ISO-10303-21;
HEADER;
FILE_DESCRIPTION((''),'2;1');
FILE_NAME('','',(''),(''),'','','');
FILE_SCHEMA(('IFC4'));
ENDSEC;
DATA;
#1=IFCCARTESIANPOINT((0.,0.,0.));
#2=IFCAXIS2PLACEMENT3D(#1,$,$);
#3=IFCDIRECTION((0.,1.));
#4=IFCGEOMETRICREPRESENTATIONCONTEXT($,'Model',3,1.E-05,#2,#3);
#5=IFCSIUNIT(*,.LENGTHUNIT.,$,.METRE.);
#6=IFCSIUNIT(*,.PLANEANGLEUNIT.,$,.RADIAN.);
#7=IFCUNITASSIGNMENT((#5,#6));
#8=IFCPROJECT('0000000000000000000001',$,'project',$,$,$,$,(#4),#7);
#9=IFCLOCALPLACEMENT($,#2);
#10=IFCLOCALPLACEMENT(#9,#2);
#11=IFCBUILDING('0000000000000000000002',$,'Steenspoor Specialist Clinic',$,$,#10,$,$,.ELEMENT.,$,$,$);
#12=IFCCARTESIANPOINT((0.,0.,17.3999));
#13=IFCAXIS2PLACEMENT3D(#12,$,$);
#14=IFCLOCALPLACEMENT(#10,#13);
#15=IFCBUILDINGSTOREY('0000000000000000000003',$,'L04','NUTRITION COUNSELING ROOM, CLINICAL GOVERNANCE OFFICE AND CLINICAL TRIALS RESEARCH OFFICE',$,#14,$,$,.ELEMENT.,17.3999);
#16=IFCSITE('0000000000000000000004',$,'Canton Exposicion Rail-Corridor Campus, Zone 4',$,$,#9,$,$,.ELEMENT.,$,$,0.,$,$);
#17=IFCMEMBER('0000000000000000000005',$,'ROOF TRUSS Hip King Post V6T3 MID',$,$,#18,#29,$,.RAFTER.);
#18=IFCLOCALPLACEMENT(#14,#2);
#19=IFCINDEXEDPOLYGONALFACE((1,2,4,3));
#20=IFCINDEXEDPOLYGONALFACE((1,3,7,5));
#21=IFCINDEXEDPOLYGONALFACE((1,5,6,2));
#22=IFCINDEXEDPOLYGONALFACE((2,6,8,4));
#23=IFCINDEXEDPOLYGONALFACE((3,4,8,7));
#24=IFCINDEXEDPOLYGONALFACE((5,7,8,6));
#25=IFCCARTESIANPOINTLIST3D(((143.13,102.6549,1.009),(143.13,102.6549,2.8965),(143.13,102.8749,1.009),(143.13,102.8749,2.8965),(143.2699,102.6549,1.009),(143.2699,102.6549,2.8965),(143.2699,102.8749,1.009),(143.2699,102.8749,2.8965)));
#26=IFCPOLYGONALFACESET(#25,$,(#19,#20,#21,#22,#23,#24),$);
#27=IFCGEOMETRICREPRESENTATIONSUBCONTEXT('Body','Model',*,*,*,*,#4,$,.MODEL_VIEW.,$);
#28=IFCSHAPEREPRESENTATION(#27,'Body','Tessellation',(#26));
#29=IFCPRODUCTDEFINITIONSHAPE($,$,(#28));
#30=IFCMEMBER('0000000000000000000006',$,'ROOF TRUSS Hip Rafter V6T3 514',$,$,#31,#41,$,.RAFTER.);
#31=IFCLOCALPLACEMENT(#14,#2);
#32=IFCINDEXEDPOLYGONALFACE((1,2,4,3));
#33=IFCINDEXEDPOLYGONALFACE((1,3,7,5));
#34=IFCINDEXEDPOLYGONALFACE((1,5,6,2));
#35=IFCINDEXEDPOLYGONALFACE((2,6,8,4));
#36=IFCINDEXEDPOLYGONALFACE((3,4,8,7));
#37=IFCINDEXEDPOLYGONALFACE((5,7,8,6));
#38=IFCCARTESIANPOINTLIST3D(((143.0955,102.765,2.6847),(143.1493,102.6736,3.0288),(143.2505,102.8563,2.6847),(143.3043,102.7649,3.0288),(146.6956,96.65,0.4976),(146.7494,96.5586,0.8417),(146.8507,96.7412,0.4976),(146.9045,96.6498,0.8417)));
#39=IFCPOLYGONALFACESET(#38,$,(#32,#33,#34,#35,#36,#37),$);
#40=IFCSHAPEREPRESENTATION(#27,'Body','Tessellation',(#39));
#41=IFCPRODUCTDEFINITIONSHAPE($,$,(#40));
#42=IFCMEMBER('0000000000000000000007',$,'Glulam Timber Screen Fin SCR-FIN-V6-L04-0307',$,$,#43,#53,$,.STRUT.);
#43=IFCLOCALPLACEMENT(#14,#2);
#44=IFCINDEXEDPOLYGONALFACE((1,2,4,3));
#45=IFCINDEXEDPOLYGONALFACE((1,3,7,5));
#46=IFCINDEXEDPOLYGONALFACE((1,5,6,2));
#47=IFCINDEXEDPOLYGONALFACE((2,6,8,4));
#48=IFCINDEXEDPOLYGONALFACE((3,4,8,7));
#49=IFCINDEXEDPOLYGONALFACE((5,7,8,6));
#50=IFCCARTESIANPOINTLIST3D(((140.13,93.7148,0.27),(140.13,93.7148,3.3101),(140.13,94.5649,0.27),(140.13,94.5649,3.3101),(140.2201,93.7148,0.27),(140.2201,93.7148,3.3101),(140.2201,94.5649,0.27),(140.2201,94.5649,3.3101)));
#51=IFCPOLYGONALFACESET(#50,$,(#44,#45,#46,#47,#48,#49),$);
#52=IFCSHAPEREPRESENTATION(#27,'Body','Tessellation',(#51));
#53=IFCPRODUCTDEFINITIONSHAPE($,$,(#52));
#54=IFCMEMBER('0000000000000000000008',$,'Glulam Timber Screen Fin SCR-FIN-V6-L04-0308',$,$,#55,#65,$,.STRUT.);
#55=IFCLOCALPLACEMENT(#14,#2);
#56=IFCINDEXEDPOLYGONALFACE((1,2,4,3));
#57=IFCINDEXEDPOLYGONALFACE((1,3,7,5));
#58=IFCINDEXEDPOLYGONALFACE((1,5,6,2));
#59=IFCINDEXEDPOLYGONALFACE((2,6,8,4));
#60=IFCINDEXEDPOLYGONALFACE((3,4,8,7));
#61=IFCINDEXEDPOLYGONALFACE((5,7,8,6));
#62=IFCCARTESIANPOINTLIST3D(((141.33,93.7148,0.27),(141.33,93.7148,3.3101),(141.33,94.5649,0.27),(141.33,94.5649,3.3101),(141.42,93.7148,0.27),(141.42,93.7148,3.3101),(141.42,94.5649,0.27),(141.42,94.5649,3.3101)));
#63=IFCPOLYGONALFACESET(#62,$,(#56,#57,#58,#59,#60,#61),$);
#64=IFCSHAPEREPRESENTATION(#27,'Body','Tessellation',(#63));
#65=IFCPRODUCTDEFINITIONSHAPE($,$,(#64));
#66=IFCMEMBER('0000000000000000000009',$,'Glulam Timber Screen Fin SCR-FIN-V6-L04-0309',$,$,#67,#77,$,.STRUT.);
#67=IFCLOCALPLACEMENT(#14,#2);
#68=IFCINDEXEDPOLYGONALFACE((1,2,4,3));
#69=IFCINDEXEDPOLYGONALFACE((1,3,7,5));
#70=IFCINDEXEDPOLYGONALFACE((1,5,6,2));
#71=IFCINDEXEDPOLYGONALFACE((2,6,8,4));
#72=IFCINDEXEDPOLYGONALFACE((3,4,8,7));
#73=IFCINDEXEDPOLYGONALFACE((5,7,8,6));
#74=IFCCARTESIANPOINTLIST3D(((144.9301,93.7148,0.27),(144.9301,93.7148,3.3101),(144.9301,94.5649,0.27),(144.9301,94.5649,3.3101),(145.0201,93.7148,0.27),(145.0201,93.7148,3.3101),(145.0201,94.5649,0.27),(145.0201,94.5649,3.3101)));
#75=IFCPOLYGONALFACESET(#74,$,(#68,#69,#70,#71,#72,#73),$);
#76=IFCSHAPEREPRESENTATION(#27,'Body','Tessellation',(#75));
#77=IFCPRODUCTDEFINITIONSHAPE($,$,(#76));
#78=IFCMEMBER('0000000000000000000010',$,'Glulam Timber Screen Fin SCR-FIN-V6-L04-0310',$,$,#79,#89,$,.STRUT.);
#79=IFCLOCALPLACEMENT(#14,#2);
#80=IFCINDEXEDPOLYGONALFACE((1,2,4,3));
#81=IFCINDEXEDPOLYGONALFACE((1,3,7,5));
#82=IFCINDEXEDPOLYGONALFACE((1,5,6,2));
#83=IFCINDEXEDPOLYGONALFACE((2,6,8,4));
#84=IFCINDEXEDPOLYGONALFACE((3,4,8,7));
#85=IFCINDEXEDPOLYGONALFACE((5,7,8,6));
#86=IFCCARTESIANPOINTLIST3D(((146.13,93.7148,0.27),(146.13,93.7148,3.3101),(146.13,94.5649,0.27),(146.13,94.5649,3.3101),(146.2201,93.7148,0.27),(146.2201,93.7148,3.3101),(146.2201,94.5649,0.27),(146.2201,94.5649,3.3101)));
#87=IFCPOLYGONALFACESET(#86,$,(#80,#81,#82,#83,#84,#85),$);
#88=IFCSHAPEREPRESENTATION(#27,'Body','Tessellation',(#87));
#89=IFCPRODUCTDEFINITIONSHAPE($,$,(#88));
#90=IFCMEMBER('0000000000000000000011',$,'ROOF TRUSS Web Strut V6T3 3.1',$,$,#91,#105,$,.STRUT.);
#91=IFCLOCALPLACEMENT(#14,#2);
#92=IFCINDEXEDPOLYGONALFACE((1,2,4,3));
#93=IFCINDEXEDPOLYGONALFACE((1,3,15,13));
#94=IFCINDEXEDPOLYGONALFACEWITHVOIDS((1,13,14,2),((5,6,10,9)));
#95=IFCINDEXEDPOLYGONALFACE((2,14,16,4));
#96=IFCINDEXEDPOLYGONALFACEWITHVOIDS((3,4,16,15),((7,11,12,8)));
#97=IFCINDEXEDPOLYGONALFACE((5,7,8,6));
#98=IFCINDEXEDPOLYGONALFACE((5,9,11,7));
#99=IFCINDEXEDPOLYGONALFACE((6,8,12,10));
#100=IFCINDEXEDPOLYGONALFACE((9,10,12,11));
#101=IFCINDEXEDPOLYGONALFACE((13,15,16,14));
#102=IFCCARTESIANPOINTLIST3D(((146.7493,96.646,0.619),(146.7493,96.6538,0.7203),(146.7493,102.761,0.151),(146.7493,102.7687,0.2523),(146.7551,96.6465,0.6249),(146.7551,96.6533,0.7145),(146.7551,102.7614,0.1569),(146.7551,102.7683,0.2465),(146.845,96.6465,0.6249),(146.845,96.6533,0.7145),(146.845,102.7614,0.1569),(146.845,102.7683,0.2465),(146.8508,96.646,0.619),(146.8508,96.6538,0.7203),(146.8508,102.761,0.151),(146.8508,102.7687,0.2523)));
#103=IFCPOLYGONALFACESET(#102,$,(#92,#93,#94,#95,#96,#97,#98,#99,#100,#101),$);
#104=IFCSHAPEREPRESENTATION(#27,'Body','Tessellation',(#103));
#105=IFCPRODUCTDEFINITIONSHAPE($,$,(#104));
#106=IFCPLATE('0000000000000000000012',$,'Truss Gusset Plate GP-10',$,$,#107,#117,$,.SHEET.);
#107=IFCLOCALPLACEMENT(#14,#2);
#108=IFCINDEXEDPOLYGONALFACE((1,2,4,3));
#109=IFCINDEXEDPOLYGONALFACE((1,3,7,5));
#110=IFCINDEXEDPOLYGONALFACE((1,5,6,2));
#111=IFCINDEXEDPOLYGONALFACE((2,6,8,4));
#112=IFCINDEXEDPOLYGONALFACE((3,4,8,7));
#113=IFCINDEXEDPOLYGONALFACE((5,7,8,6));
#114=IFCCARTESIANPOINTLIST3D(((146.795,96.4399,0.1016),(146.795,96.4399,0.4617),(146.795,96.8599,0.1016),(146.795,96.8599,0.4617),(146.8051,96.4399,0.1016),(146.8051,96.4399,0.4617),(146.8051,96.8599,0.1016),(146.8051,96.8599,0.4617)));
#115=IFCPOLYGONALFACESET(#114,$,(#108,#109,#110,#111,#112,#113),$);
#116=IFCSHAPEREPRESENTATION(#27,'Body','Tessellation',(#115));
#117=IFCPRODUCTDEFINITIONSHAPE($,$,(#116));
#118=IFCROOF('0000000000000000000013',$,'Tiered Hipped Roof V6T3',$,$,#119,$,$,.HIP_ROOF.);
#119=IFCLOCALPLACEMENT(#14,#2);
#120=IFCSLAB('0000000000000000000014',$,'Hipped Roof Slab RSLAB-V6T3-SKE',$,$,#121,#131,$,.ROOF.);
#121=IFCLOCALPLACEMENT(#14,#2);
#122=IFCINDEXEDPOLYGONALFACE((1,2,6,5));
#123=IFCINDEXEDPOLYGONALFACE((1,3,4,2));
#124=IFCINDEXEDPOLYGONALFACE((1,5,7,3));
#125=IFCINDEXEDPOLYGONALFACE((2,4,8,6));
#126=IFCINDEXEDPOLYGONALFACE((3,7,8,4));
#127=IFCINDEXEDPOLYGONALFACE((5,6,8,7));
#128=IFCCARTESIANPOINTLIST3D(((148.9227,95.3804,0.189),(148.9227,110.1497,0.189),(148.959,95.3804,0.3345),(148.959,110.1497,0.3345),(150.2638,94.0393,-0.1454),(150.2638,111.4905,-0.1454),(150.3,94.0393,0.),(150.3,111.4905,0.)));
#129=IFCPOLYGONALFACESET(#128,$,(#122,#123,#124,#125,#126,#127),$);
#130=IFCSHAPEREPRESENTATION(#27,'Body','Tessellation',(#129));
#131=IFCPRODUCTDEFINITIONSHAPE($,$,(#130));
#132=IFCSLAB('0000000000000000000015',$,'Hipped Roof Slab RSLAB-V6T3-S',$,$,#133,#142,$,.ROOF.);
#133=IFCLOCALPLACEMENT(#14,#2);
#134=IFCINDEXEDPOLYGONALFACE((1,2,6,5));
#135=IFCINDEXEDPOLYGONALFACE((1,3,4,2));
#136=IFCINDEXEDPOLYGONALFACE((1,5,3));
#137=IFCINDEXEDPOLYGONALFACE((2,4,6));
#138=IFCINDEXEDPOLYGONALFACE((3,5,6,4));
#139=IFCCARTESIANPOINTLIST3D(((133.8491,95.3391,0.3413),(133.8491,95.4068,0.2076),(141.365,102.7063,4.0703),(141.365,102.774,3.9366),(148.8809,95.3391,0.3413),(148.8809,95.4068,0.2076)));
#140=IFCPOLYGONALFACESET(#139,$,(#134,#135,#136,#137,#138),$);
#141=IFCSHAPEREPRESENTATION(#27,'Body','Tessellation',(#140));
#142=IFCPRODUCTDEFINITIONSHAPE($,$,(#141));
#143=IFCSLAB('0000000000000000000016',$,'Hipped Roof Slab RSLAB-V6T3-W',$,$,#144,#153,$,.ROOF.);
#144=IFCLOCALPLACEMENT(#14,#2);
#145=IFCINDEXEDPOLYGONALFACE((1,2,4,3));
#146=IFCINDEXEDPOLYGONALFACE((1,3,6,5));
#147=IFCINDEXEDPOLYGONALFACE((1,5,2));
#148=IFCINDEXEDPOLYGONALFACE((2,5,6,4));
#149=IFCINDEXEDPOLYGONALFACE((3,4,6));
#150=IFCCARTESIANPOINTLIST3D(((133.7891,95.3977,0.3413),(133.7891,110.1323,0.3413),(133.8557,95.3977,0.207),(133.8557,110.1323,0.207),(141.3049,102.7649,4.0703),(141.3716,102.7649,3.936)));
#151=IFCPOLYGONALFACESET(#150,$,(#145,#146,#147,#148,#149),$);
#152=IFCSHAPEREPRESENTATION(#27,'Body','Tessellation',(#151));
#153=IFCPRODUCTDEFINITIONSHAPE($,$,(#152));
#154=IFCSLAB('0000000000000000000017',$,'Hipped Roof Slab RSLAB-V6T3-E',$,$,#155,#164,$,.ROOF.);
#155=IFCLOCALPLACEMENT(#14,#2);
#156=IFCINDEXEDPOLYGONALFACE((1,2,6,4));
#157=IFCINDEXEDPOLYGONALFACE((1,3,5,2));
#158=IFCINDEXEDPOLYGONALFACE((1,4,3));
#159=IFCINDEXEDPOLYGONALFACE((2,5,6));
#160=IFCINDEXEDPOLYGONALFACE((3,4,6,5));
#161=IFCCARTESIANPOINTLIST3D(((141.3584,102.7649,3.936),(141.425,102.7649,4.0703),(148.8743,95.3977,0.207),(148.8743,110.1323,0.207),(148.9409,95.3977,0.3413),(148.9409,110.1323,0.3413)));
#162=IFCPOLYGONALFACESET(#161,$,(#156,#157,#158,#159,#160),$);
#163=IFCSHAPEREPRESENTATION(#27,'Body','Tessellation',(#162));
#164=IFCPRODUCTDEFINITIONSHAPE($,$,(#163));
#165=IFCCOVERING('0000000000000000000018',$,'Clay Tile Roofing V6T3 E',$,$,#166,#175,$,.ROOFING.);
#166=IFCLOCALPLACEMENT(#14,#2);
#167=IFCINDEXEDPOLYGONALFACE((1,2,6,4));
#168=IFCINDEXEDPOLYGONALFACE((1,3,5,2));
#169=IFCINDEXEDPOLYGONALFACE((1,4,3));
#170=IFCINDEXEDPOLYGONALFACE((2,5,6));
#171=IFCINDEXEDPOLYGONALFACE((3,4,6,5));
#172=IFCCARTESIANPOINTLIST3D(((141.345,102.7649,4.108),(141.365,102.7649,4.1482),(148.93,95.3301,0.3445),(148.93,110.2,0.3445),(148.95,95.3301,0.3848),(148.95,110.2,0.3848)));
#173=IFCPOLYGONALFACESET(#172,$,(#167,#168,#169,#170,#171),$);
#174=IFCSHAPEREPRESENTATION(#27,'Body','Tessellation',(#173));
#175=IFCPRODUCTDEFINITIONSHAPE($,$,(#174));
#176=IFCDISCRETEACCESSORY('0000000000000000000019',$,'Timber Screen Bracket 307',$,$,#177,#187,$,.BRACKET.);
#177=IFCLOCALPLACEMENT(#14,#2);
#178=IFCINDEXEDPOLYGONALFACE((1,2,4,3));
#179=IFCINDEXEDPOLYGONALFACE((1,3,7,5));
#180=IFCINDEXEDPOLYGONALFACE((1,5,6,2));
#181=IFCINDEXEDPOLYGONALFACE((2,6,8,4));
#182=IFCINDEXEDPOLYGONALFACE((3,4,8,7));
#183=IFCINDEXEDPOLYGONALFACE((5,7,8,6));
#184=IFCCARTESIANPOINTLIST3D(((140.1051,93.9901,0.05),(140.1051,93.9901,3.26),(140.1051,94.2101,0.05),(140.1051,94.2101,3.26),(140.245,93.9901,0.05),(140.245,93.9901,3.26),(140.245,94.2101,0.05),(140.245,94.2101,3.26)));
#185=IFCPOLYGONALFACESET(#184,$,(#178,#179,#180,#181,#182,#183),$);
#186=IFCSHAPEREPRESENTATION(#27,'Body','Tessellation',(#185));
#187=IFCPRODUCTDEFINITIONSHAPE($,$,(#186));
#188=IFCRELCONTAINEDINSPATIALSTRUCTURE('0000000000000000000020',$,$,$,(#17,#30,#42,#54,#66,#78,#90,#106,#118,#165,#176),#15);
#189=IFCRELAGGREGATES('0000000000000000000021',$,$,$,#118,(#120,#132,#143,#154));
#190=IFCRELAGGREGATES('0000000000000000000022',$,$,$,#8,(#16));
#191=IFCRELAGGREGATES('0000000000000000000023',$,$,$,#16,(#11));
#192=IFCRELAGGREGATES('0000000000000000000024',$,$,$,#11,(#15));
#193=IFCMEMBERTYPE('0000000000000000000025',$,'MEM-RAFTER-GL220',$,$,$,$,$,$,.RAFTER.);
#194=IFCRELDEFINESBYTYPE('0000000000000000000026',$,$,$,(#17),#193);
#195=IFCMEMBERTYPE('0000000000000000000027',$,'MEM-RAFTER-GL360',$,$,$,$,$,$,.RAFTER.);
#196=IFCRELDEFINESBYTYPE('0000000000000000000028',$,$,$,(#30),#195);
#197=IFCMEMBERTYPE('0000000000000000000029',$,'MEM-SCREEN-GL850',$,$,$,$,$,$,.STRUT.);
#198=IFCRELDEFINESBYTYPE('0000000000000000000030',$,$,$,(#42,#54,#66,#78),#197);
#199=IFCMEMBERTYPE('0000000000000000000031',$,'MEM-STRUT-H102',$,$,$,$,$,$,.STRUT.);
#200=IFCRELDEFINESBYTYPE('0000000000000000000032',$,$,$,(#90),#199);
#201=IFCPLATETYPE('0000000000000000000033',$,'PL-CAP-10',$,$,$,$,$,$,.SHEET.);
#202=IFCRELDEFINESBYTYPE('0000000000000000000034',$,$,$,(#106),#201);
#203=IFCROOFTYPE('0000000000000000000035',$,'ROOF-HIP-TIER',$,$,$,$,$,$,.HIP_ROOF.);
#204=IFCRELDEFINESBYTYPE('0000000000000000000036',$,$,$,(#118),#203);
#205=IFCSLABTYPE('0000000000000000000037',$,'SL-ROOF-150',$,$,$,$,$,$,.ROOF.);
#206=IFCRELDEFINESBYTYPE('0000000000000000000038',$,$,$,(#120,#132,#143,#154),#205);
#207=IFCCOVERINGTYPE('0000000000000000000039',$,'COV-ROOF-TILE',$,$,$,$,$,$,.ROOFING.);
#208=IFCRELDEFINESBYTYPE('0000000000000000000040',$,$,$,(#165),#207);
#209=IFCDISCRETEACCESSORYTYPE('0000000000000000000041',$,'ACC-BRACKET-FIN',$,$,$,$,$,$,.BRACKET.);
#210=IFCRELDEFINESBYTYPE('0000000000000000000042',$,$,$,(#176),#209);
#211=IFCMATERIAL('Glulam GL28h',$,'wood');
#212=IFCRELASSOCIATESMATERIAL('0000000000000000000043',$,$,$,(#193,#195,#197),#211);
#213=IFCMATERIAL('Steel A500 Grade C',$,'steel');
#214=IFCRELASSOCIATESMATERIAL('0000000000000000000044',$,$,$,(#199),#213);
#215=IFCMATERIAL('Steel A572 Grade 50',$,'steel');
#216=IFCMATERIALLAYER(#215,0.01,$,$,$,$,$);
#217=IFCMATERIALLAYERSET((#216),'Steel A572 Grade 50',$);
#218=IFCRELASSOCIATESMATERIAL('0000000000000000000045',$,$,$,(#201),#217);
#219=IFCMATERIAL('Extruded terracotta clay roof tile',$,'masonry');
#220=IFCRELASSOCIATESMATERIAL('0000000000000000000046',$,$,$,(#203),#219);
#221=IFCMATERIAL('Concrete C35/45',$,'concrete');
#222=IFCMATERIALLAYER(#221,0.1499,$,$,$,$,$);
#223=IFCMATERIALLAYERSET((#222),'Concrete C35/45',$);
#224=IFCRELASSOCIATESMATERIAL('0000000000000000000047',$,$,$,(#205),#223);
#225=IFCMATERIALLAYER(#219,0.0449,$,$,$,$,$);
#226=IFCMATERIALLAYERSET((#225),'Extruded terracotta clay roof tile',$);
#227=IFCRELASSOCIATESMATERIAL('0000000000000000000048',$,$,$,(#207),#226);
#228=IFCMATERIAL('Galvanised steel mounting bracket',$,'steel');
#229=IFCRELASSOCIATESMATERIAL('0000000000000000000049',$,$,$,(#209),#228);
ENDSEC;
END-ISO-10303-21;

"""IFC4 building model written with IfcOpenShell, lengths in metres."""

from ifc_helpers import new_model, si_unit, direction, frame, origin, origin_2d, place, context, subcontext, project, spatial, polyline, rectangle, hollow_rectangle, outline, extrude, material, layer, layer_set, material_profile, profile_set, type_object, element, aggregate, save


model = new_model("IFC4")

# Units and contexts
model_context = context("Model", 3, precision=1e-05, world=origin(), true_north=direction((0.0, 1.0)))
body_context = subcontext(model_context, "Body", "Model", "MODEL_VIEW")
ifc_project = project(units=[si_unit("LENGTHUNIT", "METRE"), si_unit("PLANEANGLEUNIT", "RADIAN")], contexts=[model_context])

# Site, building, storey
site_placement = place(None, origin())
site = spatial("IfcSite", under=ifc_project, at=site_placement, Name="Canton Exposicion Rail-Corridor Campus, Zone 4", CompositionType="ELEMENT", RefElevation=0.0)
building_placement = place(site_placement, origin())
building = spatial("IfcBuilding", under=site, at=building_placement, Name="Steenspoor Specialist Clinic", CompositionType="ELEMENT")
storey_placement = place(building_placement, frame((0.0, 0.0, 17.3999)))
storey = spatial("IfcBuildingStorey", under=building, at=storey_placement, Name="L04", Description="NUTRITION COUNSELING ROOM, CLINICAL GOVERNANCE OFFICE AND CLINICAL TRIALS RESEARCH OFFICE", CompositionType="ELEMENT", Elevation=17.3999)

# Members
ifc_material_1 = material(Name="Steel A500 Grade C", Category="steel")
ifc_material_2 = material(Name="Glulam GL28h", Category="wood")
ifc_material_profile_1 = material_profile(ifc_material_2, rectangle(XDim=0.1399, YDim=0.22, at=origin_2d()), Name="GL28H-140X220")
ifc_profile_set_1 = profile_set([ifc_material_profile_1], Name="Glulam GL28h")
member_type_1 = type_object("IfcMemberType", Name="MEM-RAFTER-GL220", PredefinedType="RAFTER", material=ifc_profile_set_1)
member_1_placement = place(storey_placement, frame((143.2, 102.7649, 1.009), z_axis=(0.0, 0.0, 1.0), x_axis=(1.0, 0.0, 0.0)))
element("IfcMember", 1, at=member_1_placement, inside=storey, type_object=member_type_1, Name="ROOF TRUSS Hip King Post V6T3 MID", PredefinedType="RAFTER", context=body_context, shape_type="SweptSolid", body=[
    extrude(rectangle(XDim=0.1399, YDim=0.22, at=origin_2d()), origin(), (0.0, 0.0, 1.0), 1.8875),
])
ifc_material_profile_2 = material_profile(ifc_material_2, rectangle(XDim=0.1799, YDim=0.3601, at=origin_2d()), Name="GL28H-180X360")
ifc_profile_set_2 = profile_set([ifc_material_profile_2], Name="Glulam GL28h")
member_type_2 = type_object("IfcMemberType", Name="MEM-RAFTER-GL360", PredefinedType="RAFTER", material=ifc_profile_set_2)
member_2_placement = place(storey_placement, frame((146.8, 96.6499, 0.6697), z_axis=(-0.484834, 0.823521, 0.29453), x_axis=(-0.861747, -0.507339, 0.0)))
element("IfcMember", 2, at=member_2_placement, inside=storey, type_object=member_type_2, Name="ROOF TRUSS Hip Rafter V6T3 514", PredefinedType="RAFTER", context=body_context, shape_type="SweptSolid", body=[
    extrude(rectangle(XDim=0.1799, YDim=0.3601, at=origin_2d()), origin(), (0.0, 0.0, 1.0), 7.4255),
])
ifc_material_profile_3 = material_profile(ifc_material_2, rectangle(XDim=0.0901, YDim=0.8501, at=origin_2d()), Name="GL28H-90X850")
ifc_profile_set_3 = profile_set([ifc_material_profile_3], Name="Glulam GL28h")
member_type_3 = type_object("IfcMemberType", Name="MEM-SCREEN-GL850", PredefinedType="STRUT", material=ifc_profile_set_3)
for number, where, z_axis, x_axis, name in (
    (3, (140.175, 94.1399, 0.27), (0.0, 0.0, 1.0), (1.0, 0.0, 0.0), "Glulam Timber Screen Fin SCR-FIN-V6-L04-0307"),
    (4, (141.375, 94.1399, 0.27), (0.0, 0.0, 1.0), (1.0, 0.0, 0.0), "Glulam Timber Screen Fin SCR-FIN-V6-L04-0308"),
    (5, (144.9751, 94.1399, 0.27), (0.0, 0.0, 1.0), (1.0, 0.0, 0.0), "Glulam Timber Screen Fin SCR-FIN-V6-L04-0309"),
    (6, (146.175, 94.1399, 0.27), (0.0, 0.0, 1.0), (1.0, 0.0, 0.0), "Glulam Timber Screen Fin SCR-FIN-V6-L04-0310"),
):
    element("IfcMember", number, at=place(storey_placement, frame(where, z_axis=z_axis, x_axis=x_axis)), inside=storey, type_object=member_type_3, Name=name, PredefinedType="STRUT", context=body_context, shape_type="SweptSolid", body=[
        extrude(rectangle(XDim=0.0901, YDim=0.8501, at=origin_2d()), origin(), (0.0, 0.0, 1.0), 3.04),
    ])
ifc_material_profile_4 = material_profile(ifc_material_1, hollow_rectangle(XDim=0.1016, YDim=0.1016, WallThickness=0.0059, at=origin_2d()), Name="HSS102X102X6.4")
ifc_profile_set_4 = profile_set([ifc_material_profile_4], Name="Steel A500 Grade C")
member_type_4 = type_object("IfcMemberType", Name="MEM-STRUT-H102", PredefinedType="STRUT", material=ifc_profile_set_4)
member_3_placement = place(storey_placement, frame((146.8, 96.6499, 0.6697), z_axis=(0.0, 0.997084, -0.076313), x_axis=(-1.0, 0.0, 0.0)))
element("IfcMember", 7, at=member_3_placement, inside=storey, type_object=member_type_4, Name="ROOF TRUSS Web Strut V6T3 3.1", PredefinedType="STRUT", context=body_context, shape_type="SweptSolid", body=[
    extrude(hollow_rectangle(XDim=0.1016, YDim=0.1016, WallThickness=0.0059, at=origin_2d()), origin(), (0.0, 0.0, 1.0), 6.1328),
])

# Plate
ifc_material_3 = material(Name="Steel A572 Grade 50", Category="steel")
ifc_layer_1 = layer(ifc_material_3, 0.01)
ifc_layer_set_1 = layer_set([ifc_layer_1], Name="Steel A572 Grade 50")
plate_type = type_object("IfcPlateType", Name="PL-CAP-10", PredefinedType="SHEET", material=ifc_layer_set_1)
plate_placement = place(storey_placement, frame((146.8, 96.6499, 0.1016), z_axis=(0.0, 0.0, 1.0), x_axis=(1.0, 0.0, 0.0)))
element("IfcPlate", 8, at=plate_placement, inside=storey, type_object=plate_type, Name="Truss Gusset Plate GP-10", PredefinedType="SHEET", context=body_context, shape_type="SweptSolid", body=[
    extrude(rectangle(XDim=0.01, YDim=0.4199, at=origin_2d()), origin(), (0.0, 0.0, 1.0), 0.3601),
])

# Roof, slabs
ifc_material_4 = material(Name="Extruded terracotta clay roof tile", Category="masonry")
roof_type = type_object("IfcRoofType", Name="ROOF-HIP-TIER", PredefinedType="HIP_ROOF", material=ifc_material_4)
roof_placement = place(storey_placement, origin())
roof = element("IfcRoof", 9, at=roof_placement, inside=storey, type_object=roof_type, Name="Tiered Hipped Roof V6T3", PredefinedType="HIP_ROOF")
ifc_material_5 = material(Name="Concrete C35/45", Category="concrete")
ifc_layer_2 = layer(ifc_material_5, 0.1499)
ifc_layer_set_2 = layer_set([ifc_layer_2], Name="Concrete C35/45")
slab_type = type_object("IfcSlabType", Name="SL-ROOF-150", PredefinedType="ROOF", material=ifc_layer_set_2)
slab_1_placement = place(storey_placement, frame((148.959, 95.3804, 0.3345), z_axis=(0.241995, 0.0, 0.970277), x_axis=(0.696361, -0.696361, -0.173678)))
slab_1 = element("IfcSlab", 10, at=slab_1_placement, type_object=slab_type, Name="Hipped Roof Slab RSLAB-V6T3-SKE", PredefinedType="ROOF", context=body_context, shape_type="SweptSolid", body=[
    extrude(outline(polyline([(0.0, 0.0), (1.9258, 0.0), (-10.2265, 12.5246), (-10.2847, 10.5998), (0.0, 0.0)])), origin(), (0.0, 0.0, -1.0), 0.1499),
])
slab_2_placement = place(storey_placement, frame((141.365, 102.7063, 4.0703), z_axis=(0.0, -0.451608, 0.892217), x_axis=(-0.673131, -0.659815, -0.333974)))
slab_2 = element("IfcSlab", 11, at=slab_2_placement, type_object=slab_type, Name="Hipped Roof Slab RSLAB-V6T3-S", PredefinedType="ROOF", context=body_context, shape_type="SweptSolid", body=[
    extrude(outline(polyline([(0.0, 0.0), (11.1655, 0.0), (1.0472, 11.1163), (0.0, 0.0)])), origin(), (0.0, 0.0, -1.0), 0.1499),
])
slab_3_placement = place(storey_placement, frame((141.3049, 102.7649, 4.0703), z_axis=(-0.444453, 0.0, 0.895802), x_axis=(-0.673121, 0.659827, -0.33397)))
slab_3 = element("IfcSlab", 12, at=slab_3_placement, type_object=slab_type, Name="Hipped Roof Slab RSLAB-V6T3-W", PredefinedType="ROOF", context=body_context, shape_type="SweptSolid", body=[
    extrude(outline(polyline([(0.0, 0.0), (11.1657, 0.0), (1.4434, 11.0718), (0.0, 0.0)])), origin(), (0.0, 0.0, -1.0), 0.1499),
])
slab_4_placement = place(storey_placement, frame((141.425, 102.7649, 4.0703), z_axis=(0.444453, 0.0, 0.895802), x_axis=(0.673131, -0.659815, -0.333974)))
slab_4 = element("IfcSlab", 13, at=slab_4_placement, type_object=slab_type, Name="Hipped Roof Slab RSLAB-V6T3-E", PredefinedType="ROOF", context=body_context, shape_type="SweptSolid", body=[
    extrude(outline(polyline([(0.0, 0.0), (11.1655, 0.0), (1.4434, 11.072), (0.0, 0.0)])), origin(), (0.0, 0.0, -1.0), 0.1499),
])
aggregate(roof, [slab_1, slab_2, slab_3, slab_4])

# Covering
ifc_layer_3 = layer(ifc_material_4, 0.0449)
ifc_layer_set_3 = layer_set([ifc_layer_3], Name="Extruded terracotta clay roof tile")
covering_type = type_object("IfcCoveringType", Name="COV-ROOF-TILE", PredefinedType="ROOFING", material=ifc_layer_set_3)
covering_placement = place(storey_placement, frame((148.95, 95.3301, 0.3848), z_axis=(0.444467, 0.0, 0.895795), x_axis=(0.0, 1.0, 0.0)))
element("IfcCovering", 14, at=covering_placement, inside=storey, type_object=covering_type, Name="Clay Tile Roofing V6T3 E", PredefinedType="ROOFING", context=body_context, shape_type="SweptSolid", body=[
    extrude(outline(polyline([(0.0, 0.0), (14.8699, 0.0), (7.4348, 8.4673), (0.0, 0.0)])), origin(), (0.0, 0.0, -1.0), 0.0449),
])

# Discrete accessory
ifc_material_6 = material(Name="Galvanised steel mounting bracket", Category="steel")
discrete_accessory_type = type_object("IfcDiscreteAccessoryType", Name="ACC-BRACKET-FIN", PredefinedType="BRACKET", material=ifc_material_6)
for number, where, z_axis, x_axis, name in (
    (15, (140.175, 94.1001, 0.05), (0.0, 0.0, 1.0), (0.0, 1.0, 0.0), "Timber Screen Bracket 307"),
):
    element("IfcDiscreteAccessory", number, at=place(storey_placement, frame(where, z_axis=z_axis, x_axis=x_axis)), inside=storey, type_object=discrete_accessory_type, Name=name, PredefinedType="BRACKET", context=body_context, shape_type="SweptSolid", body=[
        extrude(rectangle(XDim=0.22, YDim=0.1399, at=origin_2d()), origin(), (0.0, 0.0, 1.0), 3.21),
    ])

save(model, "model.ifc")
